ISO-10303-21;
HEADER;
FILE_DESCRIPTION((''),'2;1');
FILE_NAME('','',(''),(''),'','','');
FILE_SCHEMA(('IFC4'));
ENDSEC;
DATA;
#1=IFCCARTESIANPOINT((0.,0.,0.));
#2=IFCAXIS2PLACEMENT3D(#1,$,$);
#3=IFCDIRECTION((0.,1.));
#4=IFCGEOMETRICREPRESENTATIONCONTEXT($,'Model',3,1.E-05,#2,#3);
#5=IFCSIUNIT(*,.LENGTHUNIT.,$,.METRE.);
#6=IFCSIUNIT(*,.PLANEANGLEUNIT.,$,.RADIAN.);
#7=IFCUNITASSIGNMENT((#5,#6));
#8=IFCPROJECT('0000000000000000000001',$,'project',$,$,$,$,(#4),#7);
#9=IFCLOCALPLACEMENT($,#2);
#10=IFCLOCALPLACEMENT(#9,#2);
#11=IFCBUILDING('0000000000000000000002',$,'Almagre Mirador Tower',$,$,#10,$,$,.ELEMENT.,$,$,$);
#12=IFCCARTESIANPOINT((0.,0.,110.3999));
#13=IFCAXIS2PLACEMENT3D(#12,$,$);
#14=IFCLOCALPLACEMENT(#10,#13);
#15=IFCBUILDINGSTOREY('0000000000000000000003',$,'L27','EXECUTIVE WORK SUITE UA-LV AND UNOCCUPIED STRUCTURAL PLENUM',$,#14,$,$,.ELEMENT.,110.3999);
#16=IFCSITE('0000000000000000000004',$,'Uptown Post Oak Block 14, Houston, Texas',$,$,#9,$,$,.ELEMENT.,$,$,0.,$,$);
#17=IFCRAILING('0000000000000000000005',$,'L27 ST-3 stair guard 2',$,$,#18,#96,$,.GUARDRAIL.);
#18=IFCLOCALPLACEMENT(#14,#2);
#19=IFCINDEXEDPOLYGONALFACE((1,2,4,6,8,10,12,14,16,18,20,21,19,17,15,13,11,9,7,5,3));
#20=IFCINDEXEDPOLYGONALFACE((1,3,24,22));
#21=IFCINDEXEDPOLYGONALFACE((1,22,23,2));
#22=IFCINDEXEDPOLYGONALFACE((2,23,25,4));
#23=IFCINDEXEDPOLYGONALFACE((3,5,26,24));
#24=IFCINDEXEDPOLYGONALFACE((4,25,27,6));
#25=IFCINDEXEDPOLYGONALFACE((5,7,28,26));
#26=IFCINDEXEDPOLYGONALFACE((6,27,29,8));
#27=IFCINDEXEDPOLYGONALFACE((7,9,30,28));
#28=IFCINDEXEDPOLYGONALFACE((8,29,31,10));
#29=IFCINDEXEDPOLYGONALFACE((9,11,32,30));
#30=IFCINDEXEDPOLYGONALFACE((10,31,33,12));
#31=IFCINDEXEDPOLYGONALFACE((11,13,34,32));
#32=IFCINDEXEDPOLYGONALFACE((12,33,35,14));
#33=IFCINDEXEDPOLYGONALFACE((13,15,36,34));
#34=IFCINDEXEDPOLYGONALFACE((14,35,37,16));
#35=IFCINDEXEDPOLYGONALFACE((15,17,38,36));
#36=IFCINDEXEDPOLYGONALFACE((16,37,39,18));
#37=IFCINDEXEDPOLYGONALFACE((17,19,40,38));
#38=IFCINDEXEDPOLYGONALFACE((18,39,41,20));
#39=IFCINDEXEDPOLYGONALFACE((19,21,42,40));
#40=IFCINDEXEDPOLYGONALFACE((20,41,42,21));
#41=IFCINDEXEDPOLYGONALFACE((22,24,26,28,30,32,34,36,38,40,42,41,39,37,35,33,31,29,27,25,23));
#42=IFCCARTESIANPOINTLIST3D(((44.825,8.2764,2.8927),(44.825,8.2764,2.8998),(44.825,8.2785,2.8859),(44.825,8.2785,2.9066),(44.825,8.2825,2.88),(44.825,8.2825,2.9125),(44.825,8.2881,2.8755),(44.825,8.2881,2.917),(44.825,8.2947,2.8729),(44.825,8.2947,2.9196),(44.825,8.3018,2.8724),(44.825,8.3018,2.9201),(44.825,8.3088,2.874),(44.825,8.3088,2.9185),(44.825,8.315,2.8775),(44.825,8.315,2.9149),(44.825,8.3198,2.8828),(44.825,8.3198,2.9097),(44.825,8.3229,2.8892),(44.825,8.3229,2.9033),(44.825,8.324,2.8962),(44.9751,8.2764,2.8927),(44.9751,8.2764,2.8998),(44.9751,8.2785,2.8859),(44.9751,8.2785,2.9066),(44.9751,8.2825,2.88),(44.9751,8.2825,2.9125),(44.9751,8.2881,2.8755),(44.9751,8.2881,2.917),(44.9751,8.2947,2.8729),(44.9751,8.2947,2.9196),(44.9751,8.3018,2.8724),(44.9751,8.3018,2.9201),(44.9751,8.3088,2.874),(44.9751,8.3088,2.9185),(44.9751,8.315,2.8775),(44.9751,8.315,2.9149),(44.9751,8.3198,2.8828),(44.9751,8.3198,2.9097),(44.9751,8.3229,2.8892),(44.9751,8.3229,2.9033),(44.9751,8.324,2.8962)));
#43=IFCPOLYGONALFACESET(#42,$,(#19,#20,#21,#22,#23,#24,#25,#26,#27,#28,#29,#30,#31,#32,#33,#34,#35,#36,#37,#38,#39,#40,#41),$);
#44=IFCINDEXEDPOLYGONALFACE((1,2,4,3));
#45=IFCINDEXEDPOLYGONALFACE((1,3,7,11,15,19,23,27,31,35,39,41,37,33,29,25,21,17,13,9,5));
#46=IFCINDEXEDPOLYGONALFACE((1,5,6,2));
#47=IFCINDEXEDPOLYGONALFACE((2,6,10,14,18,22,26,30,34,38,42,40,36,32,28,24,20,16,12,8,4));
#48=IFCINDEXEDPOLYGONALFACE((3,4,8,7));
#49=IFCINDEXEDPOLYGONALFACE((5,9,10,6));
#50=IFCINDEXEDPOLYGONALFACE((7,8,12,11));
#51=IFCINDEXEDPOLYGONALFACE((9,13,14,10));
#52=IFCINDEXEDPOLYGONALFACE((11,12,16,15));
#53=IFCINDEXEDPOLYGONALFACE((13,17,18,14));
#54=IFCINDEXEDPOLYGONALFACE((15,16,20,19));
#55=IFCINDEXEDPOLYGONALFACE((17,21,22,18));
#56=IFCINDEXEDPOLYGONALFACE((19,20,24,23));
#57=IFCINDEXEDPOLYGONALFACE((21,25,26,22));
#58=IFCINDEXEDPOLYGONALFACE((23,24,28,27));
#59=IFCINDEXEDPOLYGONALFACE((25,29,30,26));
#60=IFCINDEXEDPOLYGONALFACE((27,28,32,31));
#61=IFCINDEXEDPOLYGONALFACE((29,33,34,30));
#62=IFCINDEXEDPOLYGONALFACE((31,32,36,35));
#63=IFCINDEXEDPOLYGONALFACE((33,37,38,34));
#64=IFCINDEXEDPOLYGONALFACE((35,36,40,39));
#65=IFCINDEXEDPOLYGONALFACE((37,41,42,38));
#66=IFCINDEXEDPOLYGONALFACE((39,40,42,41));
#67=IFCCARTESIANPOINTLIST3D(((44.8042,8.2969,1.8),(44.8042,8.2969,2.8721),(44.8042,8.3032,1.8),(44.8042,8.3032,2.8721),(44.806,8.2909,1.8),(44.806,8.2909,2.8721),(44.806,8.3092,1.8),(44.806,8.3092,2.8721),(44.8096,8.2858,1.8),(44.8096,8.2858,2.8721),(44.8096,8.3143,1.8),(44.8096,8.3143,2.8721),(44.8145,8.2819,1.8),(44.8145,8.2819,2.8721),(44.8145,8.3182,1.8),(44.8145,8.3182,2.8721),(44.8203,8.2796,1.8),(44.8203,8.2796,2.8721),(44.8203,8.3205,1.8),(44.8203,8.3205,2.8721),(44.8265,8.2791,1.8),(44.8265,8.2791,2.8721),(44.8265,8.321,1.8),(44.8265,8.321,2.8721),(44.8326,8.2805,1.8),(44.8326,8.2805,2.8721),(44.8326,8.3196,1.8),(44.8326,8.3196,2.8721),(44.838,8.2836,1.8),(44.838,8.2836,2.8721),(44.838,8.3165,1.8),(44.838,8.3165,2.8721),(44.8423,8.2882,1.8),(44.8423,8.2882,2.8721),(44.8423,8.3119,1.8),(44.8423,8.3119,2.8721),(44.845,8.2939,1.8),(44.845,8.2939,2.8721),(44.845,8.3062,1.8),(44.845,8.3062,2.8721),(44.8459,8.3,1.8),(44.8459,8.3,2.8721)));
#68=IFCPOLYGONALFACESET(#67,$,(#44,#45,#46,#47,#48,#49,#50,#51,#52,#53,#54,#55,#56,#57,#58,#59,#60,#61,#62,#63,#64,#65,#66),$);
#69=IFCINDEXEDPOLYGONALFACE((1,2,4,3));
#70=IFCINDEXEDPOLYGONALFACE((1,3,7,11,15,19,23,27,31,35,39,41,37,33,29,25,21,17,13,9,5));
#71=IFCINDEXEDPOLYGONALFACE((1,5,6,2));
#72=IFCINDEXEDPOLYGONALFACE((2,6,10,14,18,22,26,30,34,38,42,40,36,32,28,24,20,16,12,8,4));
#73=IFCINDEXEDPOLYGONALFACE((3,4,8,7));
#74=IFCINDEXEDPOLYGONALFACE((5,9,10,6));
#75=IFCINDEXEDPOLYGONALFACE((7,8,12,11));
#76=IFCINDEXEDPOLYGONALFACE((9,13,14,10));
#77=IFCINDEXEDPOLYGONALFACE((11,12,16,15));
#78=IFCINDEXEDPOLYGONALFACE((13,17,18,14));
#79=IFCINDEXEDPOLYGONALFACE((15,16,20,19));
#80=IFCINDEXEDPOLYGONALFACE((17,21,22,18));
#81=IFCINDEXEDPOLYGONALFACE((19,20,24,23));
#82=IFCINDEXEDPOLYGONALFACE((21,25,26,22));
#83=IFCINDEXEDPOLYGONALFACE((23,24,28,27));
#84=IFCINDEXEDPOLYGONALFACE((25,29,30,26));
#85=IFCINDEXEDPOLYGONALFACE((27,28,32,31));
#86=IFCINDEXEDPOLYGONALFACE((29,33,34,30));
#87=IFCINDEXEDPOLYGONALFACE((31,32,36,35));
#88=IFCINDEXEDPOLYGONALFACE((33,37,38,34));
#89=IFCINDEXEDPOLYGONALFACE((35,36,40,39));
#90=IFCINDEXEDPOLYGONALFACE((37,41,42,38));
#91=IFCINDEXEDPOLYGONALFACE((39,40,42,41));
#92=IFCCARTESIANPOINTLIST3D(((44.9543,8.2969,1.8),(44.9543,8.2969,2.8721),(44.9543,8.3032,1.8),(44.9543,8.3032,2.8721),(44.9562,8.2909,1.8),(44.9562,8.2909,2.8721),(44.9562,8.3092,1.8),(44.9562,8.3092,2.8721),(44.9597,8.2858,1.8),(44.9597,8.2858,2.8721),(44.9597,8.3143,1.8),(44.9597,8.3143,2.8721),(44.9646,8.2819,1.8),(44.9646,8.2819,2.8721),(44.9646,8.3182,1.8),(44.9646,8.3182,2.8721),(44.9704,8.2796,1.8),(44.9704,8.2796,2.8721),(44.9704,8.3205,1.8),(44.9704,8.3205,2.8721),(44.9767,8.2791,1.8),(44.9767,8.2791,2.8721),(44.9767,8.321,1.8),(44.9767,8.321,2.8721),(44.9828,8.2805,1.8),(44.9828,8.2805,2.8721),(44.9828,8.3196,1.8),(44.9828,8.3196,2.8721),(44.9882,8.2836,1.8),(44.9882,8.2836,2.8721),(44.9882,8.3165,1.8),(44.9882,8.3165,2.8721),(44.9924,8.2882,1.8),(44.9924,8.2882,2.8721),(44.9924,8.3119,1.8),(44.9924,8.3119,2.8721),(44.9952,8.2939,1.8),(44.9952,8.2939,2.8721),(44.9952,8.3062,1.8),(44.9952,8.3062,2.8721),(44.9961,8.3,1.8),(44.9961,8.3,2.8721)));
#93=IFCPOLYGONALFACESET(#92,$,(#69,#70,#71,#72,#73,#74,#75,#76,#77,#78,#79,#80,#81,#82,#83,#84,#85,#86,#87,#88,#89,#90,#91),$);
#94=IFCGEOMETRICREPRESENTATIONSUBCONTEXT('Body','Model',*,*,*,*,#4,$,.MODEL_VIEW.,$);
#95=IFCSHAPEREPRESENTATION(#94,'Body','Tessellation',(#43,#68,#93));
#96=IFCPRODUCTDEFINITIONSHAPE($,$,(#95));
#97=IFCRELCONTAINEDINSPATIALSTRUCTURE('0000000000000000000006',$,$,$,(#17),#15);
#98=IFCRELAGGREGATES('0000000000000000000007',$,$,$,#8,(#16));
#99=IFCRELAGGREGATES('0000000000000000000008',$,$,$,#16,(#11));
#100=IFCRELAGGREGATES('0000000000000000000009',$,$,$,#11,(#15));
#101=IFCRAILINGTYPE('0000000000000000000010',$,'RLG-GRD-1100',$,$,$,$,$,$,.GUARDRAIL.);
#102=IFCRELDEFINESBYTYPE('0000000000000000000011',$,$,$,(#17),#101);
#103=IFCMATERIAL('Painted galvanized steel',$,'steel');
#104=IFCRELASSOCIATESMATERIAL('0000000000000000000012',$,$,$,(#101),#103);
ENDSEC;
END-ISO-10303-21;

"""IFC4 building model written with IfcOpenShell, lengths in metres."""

from ifc_helpers import new_model, si_unit, direction, frame, origin, origin_2d, place, context, subcontext, project, spatial, circle, extrude, material, type_object, element, save


model = new_model("IFC4")

# Units and contexts
model_context = context("Model", 3, precision=1e-05, world=origin(), true_north=direction((0.0, 1.0)))
body_context = subcontext(model_context, "Body", "Model", "MODEL_VIEW")
ifc_project = project(units=[si_unit("LENGTHUNIT", "METRE"), si_unit("PLANEANGLEUNIT", "RADIAN")], contexts=[model_context])

# Site, building, storey
site_placement = place(None, origin())
site = spatial("IfcSite", under=ifc_project, at=site_placement, Name="Uptown Post Oak Block 14, Houston, Texas", CompositionType="ELEMENT", RefElevation=0.0)
building_placement = place(site_placement, origin())
building = spatial("IfcBuilding", under=site, at=building_placement, Name="Almagre Mirador Tower", CompositionType="ELEMENT")
storey_placement = place(building_placement, frame((0.0, 0.0, 110.3999)))
storey = spatial("IfcBuildingStorey", under=building, at=storey_placement, Name="L27", Description="EXECUTIVE WORK SUITE UA-LV AND UNOCCUPIED STRUCTURAL PLENUM", CompositionType="ELEMENT", Elevation=110.3999)

# Railing
ifc_material_1 = material(Name="Painted galvanized steel", Category="steel")
railing_type_1 = type_object("IfcRailingType", Name="RLG-GRD-1100", PredefinedType="GUARDRAIL", material=ifc_material_1)
railing_1_placement = place(storey_placement, frame((44.825, 8.3, 1.8)))
element("IfcRailing", 1, at=railing_1_placement, inside=storey, type_object=railing_type_1, Name="L27 ST-3 stair guard 2", PredefinedType="GUARDRAIL", context=body_context, shape_type="SweptSolid", body=[
    extrude(circle(Radius=0.0239, at=origin_2d()), frame((0.0, 0.0, 1.0962), z_axis=(1.0, 0.0, 0.0), x_axis=(0.0, 1.0, 0.0)), (0.0, 0.0, 1.0), 0.1501),
    extrude(circle(Radius=0.021, at=origin_2d()), origin(), (0.0, 0.0, 1.0), 1.072),
    extrude(circle(Radius=0.021, at=origin_2d()), frame((0.1501, 0.0, 0.0)), (0.0, 0.0, 1.0), 1.072),
])

save(model, "model.ifc")
